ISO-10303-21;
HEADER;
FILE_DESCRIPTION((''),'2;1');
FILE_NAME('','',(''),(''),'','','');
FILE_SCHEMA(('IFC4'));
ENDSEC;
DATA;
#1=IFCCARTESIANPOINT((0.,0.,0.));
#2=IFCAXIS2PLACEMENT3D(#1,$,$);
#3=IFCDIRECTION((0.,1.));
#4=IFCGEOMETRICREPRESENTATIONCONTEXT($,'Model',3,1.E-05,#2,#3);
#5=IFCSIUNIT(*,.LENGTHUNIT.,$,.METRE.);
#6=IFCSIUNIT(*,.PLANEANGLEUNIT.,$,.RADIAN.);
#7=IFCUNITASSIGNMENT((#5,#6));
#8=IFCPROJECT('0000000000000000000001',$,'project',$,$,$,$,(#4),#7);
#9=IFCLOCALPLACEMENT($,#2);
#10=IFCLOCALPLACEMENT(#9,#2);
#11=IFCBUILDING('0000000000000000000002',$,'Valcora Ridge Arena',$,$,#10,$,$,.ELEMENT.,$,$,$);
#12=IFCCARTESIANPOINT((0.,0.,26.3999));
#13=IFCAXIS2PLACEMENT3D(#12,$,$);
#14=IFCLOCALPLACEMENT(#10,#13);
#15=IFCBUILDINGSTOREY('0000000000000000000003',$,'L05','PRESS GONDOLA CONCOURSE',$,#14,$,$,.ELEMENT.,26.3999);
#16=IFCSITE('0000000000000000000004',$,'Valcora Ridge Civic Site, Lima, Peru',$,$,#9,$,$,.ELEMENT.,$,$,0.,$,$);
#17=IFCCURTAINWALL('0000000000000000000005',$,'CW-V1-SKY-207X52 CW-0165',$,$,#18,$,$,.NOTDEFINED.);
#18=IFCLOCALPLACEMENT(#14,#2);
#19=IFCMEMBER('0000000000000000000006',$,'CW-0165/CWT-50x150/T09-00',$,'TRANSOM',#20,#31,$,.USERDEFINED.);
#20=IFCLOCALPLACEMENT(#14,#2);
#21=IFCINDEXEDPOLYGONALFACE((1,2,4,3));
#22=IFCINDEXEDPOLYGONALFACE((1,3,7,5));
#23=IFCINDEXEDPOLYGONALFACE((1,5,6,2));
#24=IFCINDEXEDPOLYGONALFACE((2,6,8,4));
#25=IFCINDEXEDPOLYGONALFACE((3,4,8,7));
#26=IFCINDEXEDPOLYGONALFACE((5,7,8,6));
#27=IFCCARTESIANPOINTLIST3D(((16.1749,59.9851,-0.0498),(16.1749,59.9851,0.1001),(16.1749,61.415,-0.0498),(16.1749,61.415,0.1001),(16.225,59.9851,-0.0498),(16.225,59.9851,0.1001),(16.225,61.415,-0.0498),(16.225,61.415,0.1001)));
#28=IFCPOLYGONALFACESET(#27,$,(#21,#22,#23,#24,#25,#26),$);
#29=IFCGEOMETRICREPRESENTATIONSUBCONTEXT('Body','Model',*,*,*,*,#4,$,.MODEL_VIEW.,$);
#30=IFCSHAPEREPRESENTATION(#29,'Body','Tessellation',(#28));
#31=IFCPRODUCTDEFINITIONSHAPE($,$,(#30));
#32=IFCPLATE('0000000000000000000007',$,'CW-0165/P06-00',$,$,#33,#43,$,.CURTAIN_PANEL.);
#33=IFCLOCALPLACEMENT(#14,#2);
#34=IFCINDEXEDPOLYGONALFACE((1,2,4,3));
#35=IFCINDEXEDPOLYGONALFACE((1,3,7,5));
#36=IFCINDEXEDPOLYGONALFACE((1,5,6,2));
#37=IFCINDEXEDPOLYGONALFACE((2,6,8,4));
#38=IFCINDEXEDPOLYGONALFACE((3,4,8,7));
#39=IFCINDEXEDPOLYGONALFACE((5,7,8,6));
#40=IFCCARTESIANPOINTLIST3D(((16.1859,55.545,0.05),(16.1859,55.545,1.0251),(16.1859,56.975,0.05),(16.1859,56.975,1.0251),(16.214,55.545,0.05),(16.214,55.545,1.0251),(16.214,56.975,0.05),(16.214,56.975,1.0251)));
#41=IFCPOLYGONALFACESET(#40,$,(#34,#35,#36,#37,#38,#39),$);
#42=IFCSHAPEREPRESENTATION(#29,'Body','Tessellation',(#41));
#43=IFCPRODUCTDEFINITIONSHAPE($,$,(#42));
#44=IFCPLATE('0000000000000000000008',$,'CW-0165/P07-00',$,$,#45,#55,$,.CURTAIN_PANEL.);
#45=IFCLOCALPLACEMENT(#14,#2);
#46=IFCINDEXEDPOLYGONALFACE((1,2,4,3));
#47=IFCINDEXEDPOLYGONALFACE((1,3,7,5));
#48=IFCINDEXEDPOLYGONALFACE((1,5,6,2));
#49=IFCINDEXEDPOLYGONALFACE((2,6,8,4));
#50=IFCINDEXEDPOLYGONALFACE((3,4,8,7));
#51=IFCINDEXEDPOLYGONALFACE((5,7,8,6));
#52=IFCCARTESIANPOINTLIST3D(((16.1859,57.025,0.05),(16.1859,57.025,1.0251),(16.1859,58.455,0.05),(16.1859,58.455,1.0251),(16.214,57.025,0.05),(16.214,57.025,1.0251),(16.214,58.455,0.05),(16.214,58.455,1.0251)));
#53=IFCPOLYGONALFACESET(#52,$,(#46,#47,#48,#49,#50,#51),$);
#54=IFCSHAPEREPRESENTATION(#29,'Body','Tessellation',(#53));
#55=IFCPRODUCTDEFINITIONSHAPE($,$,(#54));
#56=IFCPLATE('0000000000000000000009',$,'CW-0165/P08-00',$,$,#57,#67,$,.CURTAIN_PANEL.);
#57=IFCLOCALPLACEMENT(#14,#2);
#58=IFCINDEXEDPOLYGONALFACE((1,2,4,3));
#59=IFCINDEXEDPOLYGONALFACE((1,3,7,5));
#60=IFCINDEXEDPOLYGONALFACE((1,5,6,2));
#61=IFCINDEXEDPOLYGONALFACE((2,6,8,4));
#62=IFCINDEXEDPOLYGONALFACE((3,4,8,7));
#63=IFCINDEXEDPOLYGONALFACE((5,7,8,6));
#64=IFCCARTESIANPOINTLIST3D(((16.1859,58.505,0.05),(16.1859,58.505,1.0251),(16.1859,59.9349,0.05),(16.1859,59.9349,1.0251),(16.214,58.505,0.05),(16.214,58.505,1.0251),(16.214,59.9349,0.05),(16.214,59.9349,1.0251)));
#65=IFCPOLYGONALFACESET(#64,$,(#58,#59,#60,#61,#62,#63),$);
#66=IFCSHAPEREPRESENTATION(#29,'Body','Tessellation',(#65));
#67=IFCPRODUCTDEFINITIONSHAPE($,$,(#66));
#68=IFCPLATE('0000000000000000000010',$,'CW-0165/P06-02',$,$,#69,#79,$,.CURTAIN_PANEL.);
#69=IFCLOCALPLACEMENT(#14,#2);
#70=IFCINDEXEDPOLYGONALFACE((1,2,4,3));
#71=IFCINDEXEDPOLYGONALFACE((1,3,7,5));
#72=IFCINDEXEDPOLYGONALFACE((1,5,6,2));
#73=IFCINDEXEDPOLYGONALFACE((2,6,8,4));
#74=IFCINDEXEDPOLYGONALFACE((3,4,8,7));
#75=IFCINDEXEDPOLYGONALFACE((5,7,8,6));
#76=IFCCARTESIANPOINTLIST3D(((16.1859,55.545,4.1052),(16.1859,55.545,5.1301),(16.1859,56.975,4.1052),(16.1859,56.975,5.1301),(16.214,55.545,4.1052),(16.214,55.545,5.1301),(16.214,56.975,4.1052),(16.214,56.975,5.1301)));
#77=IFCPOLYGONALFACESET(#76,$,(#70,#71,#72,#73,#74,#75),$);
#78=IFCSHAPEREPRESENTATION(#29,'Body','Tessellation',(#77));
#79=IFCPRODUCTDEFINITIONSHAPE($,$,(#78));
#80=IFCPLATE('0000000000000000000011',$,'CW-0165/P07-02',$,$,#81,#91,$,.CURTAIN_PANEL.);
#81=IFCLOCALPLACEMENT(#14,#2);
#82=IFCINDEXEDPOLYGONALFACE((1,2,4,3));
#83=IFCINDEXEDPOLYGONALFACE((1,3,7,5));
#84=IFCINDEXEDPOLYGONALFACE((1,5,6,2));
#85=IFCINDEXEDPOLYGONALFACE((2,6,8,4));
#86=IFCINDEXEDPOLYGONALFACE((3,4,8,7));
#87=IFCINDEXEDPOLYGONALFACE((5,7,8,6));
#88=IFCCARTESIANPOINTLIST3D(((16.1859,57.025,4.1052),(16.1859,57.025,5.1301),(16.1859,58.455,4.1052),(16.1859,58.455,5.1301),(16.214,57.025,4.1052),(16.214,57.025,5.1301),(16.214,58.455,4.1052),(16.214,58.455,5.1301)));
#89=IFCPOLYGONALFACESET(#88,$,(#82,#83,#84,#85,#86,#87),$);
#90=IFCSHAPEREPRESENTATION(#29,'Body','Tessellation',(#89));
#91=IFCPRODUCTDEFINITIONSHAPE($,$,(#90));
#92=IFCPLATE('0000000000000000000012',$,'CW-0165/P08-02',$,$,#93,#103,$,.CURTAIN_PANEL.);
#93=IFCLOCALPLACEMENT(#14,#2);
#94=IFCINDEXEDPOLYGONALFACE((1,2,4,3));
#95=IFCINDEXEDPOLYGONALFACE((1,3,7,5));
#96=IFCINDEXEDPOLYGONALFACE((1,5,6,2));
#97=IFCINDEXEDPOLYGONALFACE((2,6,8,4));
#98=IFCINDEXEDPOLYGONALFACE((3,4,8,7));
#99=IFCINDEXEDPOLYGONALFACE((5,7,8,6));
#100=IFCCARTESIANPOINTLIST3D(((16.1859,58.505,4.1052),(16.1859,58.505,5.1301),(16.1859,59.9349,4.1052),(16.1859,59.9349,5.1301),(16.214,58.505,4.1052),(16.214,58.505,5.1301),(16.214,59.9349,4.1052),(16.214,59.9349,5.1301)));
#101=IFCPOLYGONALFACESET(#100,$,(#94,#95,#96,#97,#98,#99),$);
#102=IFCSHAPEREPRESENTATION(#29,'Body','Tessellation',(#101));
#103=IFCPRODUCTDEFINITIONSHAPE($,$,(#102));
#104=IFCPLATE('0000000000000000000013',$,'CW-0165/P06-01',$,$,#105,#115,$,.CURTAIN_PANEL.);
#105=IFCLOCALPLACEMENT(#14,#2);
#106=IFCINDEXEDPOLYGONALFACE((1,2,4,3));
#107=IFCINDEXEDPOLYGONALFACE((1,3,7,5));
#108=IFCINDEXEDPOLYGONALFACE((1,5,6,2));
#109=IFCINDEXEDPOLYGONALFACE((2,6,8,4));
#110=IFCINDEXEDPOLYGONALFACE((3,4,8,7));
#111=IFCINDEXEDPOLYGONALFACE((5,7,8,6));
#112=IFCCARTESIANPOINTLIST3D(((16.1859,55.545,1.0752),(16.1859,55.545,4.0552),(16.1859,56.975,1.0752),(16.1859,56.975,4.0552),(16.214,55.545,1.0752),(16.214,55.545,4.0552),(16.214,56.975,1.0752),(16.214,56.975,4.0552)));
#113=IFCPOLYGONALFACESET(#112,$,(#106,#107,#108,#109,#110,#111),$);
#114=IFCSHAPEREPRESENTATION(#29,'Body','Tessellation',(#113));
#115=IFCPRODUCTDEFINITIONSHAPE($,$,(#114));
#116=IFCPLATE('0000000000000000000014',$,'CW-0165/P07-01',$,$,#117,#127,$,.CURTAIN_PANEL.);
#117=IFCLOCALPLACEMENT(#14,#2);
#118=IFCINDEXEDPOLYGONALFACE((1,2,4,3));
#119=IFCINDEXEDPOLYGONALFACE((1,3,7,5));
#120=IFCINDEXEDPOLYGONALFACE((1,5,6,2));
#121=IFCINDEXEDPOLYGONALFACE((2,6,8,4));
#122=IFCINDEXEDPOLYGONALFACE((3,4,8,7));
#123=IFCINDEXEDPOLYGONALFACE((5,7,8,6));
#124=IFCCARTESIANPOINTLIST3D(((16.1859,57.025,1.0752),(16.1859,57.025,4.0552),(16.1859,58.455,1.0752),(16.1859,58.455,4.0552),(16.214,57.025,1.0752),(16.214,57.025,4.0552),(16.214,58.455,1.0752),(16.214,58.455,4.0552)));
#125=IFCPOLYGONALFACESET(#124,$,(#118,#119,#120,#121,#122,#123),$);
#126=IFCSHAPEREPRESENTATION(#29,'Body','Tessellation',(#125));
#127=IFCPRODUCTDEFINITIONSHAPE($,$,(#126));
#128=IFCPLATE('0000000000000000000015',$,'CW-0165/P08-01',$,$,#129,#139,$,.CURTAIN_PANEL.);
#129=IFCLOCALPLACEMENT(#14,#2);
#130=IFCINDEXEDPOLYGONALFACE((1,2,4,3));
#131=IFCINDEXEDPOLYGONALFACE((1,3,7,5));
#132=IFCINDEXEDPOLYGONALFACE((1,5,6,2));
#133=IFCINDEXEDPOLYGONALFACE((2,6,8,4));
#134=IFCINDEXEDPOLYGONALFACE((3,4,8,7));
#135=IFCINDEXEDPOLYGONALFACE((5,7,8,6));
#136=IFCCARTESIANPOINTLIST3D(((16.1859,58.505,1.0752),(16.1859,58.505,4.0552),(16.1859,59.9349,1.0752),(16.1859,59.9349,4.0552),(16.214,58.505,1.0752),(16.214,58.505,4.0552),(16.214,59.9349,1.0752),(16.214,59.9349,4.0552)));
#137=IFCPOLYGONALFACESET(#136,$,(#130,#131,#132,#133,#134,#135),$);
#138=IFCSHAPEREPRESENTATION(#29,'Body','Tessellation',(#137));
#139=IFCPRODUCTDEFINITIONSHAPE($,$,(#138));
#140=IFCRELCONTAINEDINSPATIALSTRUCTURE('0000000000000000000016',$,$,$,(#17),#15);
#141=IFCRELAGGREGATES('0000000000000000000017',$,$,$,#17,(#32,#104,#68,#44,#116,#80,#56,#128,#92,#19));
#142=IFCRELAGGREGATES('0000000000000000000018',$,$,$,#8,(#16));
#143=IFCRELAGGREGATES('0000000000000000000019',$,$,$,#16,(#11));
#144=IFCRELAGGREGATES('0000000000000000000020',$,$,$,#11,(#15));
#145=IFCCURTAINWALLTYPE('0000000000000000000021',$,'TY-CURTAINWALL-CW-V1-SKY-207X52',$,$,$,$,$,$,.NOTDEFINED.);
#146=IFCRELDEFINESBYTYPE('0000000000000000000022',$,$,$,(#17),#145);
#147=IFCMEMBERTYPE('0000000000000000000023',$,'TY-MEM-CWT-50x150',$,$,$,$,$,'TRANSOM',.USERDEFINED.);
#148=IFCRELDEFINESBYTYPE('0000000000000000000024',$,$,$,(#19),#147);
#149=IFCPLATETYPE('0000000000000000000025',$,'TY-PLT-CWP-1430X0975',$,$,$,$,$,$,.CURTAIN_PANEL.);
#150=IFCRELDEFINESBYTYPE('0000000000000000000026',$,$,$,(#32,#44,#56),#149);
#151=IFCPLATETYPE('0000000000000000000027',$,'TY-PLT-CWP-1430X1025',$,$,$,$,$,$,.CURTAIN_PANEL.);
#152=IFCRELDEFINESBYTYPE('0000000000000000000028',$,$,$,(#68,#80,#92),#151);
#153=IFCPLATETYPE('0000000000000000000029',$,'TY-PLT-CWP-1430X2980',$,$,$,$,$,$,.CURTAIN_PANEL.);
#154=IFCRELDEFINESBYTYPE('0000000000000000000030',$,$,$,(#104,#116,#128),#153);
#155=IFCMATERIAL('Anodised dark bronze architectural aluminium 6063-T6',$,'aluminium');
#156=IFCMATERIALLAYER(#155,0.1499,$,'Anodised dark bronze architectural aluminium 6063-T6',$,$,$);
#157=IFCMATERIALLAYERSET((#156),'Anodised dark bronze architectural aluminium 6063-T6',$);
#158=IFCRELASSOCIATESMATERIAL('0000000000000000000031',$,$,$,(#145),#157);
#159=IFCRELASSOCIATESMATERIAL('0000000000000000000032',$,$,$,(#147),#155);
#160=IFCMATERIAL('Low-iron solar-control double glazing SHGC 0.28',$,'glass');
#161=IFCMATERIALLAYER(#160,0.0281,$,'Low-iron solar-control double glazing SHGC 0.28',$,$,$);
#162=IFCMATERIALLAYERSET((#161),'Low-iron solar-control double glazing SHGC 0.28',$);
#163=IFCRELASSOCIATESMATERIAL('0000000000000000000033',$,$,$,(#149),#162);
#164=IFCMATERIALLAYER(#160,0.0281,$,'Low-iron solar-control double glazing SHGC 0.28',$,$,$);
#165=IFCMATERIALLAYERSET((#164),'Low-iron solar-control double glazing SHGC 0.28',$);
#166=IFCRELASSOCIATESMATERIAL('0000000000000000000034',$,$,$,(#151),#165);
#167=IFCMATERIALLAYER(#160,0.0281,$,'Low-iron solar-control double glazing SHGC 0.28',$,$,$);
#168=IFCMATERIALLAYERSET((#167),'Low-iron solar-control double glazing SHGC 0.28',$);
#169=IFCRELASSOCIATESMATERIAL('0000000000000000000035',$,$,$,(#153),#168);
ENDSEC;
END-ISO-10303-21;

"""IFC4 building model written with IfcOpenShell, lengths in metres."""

from ifc_helpers import new_model, si_unit, direction, frame, origin, origin_2d, place, context, subcontext, project, spatial, rectangle, extrude, material, layer, layer_set, material_profile, profile_set, type_object, element, aggregate, save


model = new_model("IFC4")

# Units and contexts
model_context = context("Model", 3, precision=1e-05, world=origin(), true_north=direction((0.0, 1.0)))
body_context = subcontext(model_context, "Body", "Model", "MODEL_VIEW")
ifc_project = project(units=[si_unit("LENGTHUNIT", "METRE"), si_unit("PLANEANGLEUNIT", "RADIAN")], contexts=[model_context])

# Site, building, storey
site_placement = place(None, origin())
site = spatial("IfcSite", under=ifc_project, at=site_placement, Name="Valcora Ridge Civic Site, Lima, Peru", CompositionType="ELEMENT", RefElevation=0.0)
building_placement = place(site_placement, origin())
building = spatial("IfcBuilding", under=site, at=building_placement, Name="Valcora Ridge Arena", CompositionType="ELEMENT")
storey_placement = place(building_placement, frame((0.0, 0.0, 26.3999)))
storey = spatial("IfcBuildingStorey", under=building, at=storey_placement, Name="L05", Description="PRESS GONDOLA CONCOURSE", CompositionType="ELEMENT", Elevation=26.3999)

# Curtain wall, member, plates
ifc_material_1 = material(Name="Anodised dark bronze architectural aluminium 6063-T6", Category="aluminium")
ifc_layer_1 = layer(ifc_material_1, 0.1499, Name="Anodised dark bronze architectural aluminium 6063-T6")
ifc_layer_set_1 = layer_set([ifc_layer_1], Name="Anodised dark bronze architectural aluminium 6063-T6")
curtain_wall_type = type_object("IfcCurtainWallType", Name="TY-CURTAINWALL-CW-V1-SKY-207X52", PredefinedType="NOTDEFINED", material=ifc_layer_set_1)
curtain_wall_placement = place(storey_placement, origin())
curtain_wall = element("IfcCurtainWall", 1, at=curtain_wall_placement, inside=storey, type_object=curtain_wall_type, Name="CW-V1-SKY-207X52 CW-0165", PredefinedType="NOTDEFINED")
ifc_material_profile_1 = material_profile(ifc_material_1, rectangle(XDim=0.05, YDim=0.1499, at=origin_2d()), Name="ALU TRANSOM 50x150")
ifc_profile_set_1 = profile_set([ifc_material_profile_1], Name="Anodised dark bronze architectural aluminium 6063-T6")
member_type_1 = type_object("IfcMemberType", Name="TY-MEM-CWT-50x150", ElementType="TRANSOM", PredefinedType="USERDEFINED", material=ifc_profile_set_1)
member_1_placement = place(storey_placement, frame((16.2, 59.9851, 0.0251), z_axis=(0.0, 1.0, 0.0), x_axis=(-1.0, 0.0, 0.0)))
member_1 = element("IfcMember", 2, at=member_1_placement, type_object=member_type_1, Name="CW-0165/CWT-50x150/T09-00", ObjectType="TRANSOM", PredefinedType="USERDEFINED", context=body_context, shape_type="SweptSolid", body=[
    extrude(rectangle(XDim=0.05, YDim=0.1499, at=origin_2d()), origin(), (0.0, 0.0, 1.0), 1.4299),
])
ifc_material_2 = material(Name="Low-iron solar-control double glazing SHGC 0.28", Category="glass")
ifc_layer_2 = layer(ifc_material_2, 0.0281, Name="Low-iron solar-control double glazing SHGC 0.28")
ifc_layer_set_2 = layer_set([ifc_layer_2], Name="Low-iron solar-control double glazing SHGC 0.28")
plate_type_1 = type_object("IfcPlateType", Name="TY-PLT-CWP-1430X0975", PredefinedType="CURTAIN_PANEL", material=ifc_layer_set_2)
plate_1_placement = place(storey_placement, frame((16.2, 56.26, 0.05), z_axis=(0.0, 0.0, 1.0), x_axis=(0.0, 1.0, 0.0)))
plate_1 = element("IfcPlate", 3, at=plate_1_placement, type_object=plate_type_1, Name="CW-0165/P06-00", PredefinedType="CURTAIN_PANEL", context=body_context, shape_type="SweptSolid", body=[
    extrude(rectangle(XDim=1.4299, YDim=0.0281, at=origin_2d()), origin(), (0.0, 0.0, 1.0), 0.9751),
])
plate_2_placement = place(storey_placement, frame((16.2, 57.74, 0.05), z_axis=(0.0, 0.0, 1.0), x_axis=(0.0, 1.0, 0.0)))
plate_2 = element("IfcPlate", 4, at=plate_2_placement, type_object=plate_type_1, Name="CW-0165/P07-00", PredefinedType="CURTAIN_PANEL", context=body_context, shape_type="SweptSolid", body=[
    extrude(rectangle(XDim=1.4299, YDim=0.0281, at=origin_2d()), origin(), (0.0, 0.0, 1.0), 0.9751),
])
plate_3_placement = place(storey_placement, frame((16.2, 59.22, 0.05), z_axis=(0.0, 0.0, 1.0), x_axis=(0.0, 1.0, 0.0)))
plate_3 = element("IfcPlate", 5, at=plate_3_placement, type_object=plate_type_1, Name="CW-0165/P08-00", PredefinedType="CURTAIN_PANEL", context=body_context, shape_type="SweptSolid", body=[
    extrude(rectangle(XDim=1.4299, YDim=0.0281, at=origin_2d()), origin(), (0.0, 0.0, 1.0), 0.9751),
])
ifc_layer_3 = layer(ifc_material_2, 0.0281, Name="Low-iron solar-control double glazing SHGC 0.28")
ifc_layer_set_3 = layer_set([ifc_layer_3], Name="Low-iron solar-control double glazing SHGC 0.28")
plate_type_2 = type_object("IfcPlateType", Name="TY-PLT-CWP-1430X1025", PredefinedType="CURTAIN_PANEL", material=ifc_layer_set_3)
plate_4_placement = place(storey_placement, frame((16.2, 56.26, 4.1052), z_axis=(0.0, 0.0, 1.0), x_axis=(0.0, 1.0, 0.0)))
plate_4 = element("IfcPlate", 6, at=plate_4_placement, type_object=plate_type_2, Name="CW-0165/P06-02", PredefinedType="CURTAIN_PANEL", context=body_context, shape_type="SweptSolid", body=[
    extrude(rectangle(XDim=1.4299, YDim=0.0281, at=origin_2d()), origin(), (0.0, 0.0, 1.0), 1.0249),
])
plate_5_placement = place(storey_placement, frame((16.2, 57.74, 4.1052), z_axis=(0.0, 0.0, 1.0), x_axis=(0.0, 1.0, 0.0)))
plate_5 = element("IfcPlate", 7, at=plate_5_placement, type_object=plate_type_2, Name="CW-0165/P07-02", PredefinedType="CURTAIN_PANEL", context=body_context, shape_type="SweptSolid", body=[
    extrude(rectangle(XDim=1.4299, YDim=0.0281, at=origin_2d()), origin(), (0.0, 0.0, 1.0), 1.0249),
])
plate_6_placement = place(storey_placement, frame((16.2, 59.22, 4.1052), z_axis=(0.0, 0.0, 1.0), x_axis=(0.0, 1.0, 0.0)))
plate_6 = element("IfcPlate", 8, at=plate_6_placement, type_object=plate_type_2, Name="CW-0165/P08-02", PredefinedType="CURTAIN_PANEL", context=body_context, shape_type="SweptSolid", body=[
    extrude(rectangle(XDim=1.4299, YDim=0.0281, at=origin_2d()), origin(), (0.0, 0.0, 1.0), 1.0249),
])
ifc_layer_4 = layer(ifc_material_2, 0.0281, Name="Low-iron solar-control double glazing SHGC 0.28")
ifc_layer_set_4 = layer_set([ifc_layer_4], Name="Low-iron solar-control double glazing SHGC 0.28")
plate_type_3 = type_object("IfcPlateType", Name="TY-PLT-CWP-1430X2980", PredefinedType="CURTAIN_PANEL", material=ifc_layer_set_4)
plate_7_placement = place(storey_placement, frame((16.2, 56.26, 1.0752), z_axis=(0.0, 0.0, 1.0), x_axis=(0.0, 1.0, 0.0)))
plate_7 = element("IfcPlate", 9, at=plate_7_placement, type_object=plate_type_3, Name="CW-0165/P06-01", PredefinedType="CURTAIN_PANEL", context=body_context, shape_type="SweptSolid", body=[
    extrude(rectangle(XDim=1.4299, YDim=0.0281, at=origin_2d()), origin(), (0.0, 0.0, 1.0), 2.98),
])
plate_8_placement = place(storey_placement, frame((16.2, 57.74, 1.0752), z_axis=(0.0, 0.0, 1.0), x_axis=(0.0, 1.0, 0.0)))
plate_8 = element("IfcPlate", 10, at=plate_8_placement, type_object=plate_type_3, Name="CW-0165/P07-01", PredefinedType="CURTAIN_PANEL", context=body_context, shape_type="SweptSolid", body=[
    extrude(rectangle(XDim=1.4299, YDim=0.0281, at=origin_2d()), origin(), (0.0, 0.0, 1.0), 2.98),
])
plate_9_placement = place(storey_placement, frame((16.2, 59.22, 1.0752), z_axis=(0.0, 0.0, 1.0), x_axis=(0.0, 1.0, 0.0)))
plate_9 = element("IfcPlate", 11, at=plate_9_placement, type_object=plate_type_3, Name="CW-0165/P08-01", PredefinedType="CURTAIN_PANEL", context=body_context, shape_type="SweptSolid", body=[
    extrude(rectangle(XDim=1.4299, YDim=0.0281, at=origin_2d()), origin(), (0.0, 0.0, 1.0), 2.98),
])
aggregate(curtain_wall, [plate_1, plate_7, plate_4, plate_2, plate_8, plate_5, plate_3, plate_9, plate_6, member_1])

save(model, "model.ifc")
